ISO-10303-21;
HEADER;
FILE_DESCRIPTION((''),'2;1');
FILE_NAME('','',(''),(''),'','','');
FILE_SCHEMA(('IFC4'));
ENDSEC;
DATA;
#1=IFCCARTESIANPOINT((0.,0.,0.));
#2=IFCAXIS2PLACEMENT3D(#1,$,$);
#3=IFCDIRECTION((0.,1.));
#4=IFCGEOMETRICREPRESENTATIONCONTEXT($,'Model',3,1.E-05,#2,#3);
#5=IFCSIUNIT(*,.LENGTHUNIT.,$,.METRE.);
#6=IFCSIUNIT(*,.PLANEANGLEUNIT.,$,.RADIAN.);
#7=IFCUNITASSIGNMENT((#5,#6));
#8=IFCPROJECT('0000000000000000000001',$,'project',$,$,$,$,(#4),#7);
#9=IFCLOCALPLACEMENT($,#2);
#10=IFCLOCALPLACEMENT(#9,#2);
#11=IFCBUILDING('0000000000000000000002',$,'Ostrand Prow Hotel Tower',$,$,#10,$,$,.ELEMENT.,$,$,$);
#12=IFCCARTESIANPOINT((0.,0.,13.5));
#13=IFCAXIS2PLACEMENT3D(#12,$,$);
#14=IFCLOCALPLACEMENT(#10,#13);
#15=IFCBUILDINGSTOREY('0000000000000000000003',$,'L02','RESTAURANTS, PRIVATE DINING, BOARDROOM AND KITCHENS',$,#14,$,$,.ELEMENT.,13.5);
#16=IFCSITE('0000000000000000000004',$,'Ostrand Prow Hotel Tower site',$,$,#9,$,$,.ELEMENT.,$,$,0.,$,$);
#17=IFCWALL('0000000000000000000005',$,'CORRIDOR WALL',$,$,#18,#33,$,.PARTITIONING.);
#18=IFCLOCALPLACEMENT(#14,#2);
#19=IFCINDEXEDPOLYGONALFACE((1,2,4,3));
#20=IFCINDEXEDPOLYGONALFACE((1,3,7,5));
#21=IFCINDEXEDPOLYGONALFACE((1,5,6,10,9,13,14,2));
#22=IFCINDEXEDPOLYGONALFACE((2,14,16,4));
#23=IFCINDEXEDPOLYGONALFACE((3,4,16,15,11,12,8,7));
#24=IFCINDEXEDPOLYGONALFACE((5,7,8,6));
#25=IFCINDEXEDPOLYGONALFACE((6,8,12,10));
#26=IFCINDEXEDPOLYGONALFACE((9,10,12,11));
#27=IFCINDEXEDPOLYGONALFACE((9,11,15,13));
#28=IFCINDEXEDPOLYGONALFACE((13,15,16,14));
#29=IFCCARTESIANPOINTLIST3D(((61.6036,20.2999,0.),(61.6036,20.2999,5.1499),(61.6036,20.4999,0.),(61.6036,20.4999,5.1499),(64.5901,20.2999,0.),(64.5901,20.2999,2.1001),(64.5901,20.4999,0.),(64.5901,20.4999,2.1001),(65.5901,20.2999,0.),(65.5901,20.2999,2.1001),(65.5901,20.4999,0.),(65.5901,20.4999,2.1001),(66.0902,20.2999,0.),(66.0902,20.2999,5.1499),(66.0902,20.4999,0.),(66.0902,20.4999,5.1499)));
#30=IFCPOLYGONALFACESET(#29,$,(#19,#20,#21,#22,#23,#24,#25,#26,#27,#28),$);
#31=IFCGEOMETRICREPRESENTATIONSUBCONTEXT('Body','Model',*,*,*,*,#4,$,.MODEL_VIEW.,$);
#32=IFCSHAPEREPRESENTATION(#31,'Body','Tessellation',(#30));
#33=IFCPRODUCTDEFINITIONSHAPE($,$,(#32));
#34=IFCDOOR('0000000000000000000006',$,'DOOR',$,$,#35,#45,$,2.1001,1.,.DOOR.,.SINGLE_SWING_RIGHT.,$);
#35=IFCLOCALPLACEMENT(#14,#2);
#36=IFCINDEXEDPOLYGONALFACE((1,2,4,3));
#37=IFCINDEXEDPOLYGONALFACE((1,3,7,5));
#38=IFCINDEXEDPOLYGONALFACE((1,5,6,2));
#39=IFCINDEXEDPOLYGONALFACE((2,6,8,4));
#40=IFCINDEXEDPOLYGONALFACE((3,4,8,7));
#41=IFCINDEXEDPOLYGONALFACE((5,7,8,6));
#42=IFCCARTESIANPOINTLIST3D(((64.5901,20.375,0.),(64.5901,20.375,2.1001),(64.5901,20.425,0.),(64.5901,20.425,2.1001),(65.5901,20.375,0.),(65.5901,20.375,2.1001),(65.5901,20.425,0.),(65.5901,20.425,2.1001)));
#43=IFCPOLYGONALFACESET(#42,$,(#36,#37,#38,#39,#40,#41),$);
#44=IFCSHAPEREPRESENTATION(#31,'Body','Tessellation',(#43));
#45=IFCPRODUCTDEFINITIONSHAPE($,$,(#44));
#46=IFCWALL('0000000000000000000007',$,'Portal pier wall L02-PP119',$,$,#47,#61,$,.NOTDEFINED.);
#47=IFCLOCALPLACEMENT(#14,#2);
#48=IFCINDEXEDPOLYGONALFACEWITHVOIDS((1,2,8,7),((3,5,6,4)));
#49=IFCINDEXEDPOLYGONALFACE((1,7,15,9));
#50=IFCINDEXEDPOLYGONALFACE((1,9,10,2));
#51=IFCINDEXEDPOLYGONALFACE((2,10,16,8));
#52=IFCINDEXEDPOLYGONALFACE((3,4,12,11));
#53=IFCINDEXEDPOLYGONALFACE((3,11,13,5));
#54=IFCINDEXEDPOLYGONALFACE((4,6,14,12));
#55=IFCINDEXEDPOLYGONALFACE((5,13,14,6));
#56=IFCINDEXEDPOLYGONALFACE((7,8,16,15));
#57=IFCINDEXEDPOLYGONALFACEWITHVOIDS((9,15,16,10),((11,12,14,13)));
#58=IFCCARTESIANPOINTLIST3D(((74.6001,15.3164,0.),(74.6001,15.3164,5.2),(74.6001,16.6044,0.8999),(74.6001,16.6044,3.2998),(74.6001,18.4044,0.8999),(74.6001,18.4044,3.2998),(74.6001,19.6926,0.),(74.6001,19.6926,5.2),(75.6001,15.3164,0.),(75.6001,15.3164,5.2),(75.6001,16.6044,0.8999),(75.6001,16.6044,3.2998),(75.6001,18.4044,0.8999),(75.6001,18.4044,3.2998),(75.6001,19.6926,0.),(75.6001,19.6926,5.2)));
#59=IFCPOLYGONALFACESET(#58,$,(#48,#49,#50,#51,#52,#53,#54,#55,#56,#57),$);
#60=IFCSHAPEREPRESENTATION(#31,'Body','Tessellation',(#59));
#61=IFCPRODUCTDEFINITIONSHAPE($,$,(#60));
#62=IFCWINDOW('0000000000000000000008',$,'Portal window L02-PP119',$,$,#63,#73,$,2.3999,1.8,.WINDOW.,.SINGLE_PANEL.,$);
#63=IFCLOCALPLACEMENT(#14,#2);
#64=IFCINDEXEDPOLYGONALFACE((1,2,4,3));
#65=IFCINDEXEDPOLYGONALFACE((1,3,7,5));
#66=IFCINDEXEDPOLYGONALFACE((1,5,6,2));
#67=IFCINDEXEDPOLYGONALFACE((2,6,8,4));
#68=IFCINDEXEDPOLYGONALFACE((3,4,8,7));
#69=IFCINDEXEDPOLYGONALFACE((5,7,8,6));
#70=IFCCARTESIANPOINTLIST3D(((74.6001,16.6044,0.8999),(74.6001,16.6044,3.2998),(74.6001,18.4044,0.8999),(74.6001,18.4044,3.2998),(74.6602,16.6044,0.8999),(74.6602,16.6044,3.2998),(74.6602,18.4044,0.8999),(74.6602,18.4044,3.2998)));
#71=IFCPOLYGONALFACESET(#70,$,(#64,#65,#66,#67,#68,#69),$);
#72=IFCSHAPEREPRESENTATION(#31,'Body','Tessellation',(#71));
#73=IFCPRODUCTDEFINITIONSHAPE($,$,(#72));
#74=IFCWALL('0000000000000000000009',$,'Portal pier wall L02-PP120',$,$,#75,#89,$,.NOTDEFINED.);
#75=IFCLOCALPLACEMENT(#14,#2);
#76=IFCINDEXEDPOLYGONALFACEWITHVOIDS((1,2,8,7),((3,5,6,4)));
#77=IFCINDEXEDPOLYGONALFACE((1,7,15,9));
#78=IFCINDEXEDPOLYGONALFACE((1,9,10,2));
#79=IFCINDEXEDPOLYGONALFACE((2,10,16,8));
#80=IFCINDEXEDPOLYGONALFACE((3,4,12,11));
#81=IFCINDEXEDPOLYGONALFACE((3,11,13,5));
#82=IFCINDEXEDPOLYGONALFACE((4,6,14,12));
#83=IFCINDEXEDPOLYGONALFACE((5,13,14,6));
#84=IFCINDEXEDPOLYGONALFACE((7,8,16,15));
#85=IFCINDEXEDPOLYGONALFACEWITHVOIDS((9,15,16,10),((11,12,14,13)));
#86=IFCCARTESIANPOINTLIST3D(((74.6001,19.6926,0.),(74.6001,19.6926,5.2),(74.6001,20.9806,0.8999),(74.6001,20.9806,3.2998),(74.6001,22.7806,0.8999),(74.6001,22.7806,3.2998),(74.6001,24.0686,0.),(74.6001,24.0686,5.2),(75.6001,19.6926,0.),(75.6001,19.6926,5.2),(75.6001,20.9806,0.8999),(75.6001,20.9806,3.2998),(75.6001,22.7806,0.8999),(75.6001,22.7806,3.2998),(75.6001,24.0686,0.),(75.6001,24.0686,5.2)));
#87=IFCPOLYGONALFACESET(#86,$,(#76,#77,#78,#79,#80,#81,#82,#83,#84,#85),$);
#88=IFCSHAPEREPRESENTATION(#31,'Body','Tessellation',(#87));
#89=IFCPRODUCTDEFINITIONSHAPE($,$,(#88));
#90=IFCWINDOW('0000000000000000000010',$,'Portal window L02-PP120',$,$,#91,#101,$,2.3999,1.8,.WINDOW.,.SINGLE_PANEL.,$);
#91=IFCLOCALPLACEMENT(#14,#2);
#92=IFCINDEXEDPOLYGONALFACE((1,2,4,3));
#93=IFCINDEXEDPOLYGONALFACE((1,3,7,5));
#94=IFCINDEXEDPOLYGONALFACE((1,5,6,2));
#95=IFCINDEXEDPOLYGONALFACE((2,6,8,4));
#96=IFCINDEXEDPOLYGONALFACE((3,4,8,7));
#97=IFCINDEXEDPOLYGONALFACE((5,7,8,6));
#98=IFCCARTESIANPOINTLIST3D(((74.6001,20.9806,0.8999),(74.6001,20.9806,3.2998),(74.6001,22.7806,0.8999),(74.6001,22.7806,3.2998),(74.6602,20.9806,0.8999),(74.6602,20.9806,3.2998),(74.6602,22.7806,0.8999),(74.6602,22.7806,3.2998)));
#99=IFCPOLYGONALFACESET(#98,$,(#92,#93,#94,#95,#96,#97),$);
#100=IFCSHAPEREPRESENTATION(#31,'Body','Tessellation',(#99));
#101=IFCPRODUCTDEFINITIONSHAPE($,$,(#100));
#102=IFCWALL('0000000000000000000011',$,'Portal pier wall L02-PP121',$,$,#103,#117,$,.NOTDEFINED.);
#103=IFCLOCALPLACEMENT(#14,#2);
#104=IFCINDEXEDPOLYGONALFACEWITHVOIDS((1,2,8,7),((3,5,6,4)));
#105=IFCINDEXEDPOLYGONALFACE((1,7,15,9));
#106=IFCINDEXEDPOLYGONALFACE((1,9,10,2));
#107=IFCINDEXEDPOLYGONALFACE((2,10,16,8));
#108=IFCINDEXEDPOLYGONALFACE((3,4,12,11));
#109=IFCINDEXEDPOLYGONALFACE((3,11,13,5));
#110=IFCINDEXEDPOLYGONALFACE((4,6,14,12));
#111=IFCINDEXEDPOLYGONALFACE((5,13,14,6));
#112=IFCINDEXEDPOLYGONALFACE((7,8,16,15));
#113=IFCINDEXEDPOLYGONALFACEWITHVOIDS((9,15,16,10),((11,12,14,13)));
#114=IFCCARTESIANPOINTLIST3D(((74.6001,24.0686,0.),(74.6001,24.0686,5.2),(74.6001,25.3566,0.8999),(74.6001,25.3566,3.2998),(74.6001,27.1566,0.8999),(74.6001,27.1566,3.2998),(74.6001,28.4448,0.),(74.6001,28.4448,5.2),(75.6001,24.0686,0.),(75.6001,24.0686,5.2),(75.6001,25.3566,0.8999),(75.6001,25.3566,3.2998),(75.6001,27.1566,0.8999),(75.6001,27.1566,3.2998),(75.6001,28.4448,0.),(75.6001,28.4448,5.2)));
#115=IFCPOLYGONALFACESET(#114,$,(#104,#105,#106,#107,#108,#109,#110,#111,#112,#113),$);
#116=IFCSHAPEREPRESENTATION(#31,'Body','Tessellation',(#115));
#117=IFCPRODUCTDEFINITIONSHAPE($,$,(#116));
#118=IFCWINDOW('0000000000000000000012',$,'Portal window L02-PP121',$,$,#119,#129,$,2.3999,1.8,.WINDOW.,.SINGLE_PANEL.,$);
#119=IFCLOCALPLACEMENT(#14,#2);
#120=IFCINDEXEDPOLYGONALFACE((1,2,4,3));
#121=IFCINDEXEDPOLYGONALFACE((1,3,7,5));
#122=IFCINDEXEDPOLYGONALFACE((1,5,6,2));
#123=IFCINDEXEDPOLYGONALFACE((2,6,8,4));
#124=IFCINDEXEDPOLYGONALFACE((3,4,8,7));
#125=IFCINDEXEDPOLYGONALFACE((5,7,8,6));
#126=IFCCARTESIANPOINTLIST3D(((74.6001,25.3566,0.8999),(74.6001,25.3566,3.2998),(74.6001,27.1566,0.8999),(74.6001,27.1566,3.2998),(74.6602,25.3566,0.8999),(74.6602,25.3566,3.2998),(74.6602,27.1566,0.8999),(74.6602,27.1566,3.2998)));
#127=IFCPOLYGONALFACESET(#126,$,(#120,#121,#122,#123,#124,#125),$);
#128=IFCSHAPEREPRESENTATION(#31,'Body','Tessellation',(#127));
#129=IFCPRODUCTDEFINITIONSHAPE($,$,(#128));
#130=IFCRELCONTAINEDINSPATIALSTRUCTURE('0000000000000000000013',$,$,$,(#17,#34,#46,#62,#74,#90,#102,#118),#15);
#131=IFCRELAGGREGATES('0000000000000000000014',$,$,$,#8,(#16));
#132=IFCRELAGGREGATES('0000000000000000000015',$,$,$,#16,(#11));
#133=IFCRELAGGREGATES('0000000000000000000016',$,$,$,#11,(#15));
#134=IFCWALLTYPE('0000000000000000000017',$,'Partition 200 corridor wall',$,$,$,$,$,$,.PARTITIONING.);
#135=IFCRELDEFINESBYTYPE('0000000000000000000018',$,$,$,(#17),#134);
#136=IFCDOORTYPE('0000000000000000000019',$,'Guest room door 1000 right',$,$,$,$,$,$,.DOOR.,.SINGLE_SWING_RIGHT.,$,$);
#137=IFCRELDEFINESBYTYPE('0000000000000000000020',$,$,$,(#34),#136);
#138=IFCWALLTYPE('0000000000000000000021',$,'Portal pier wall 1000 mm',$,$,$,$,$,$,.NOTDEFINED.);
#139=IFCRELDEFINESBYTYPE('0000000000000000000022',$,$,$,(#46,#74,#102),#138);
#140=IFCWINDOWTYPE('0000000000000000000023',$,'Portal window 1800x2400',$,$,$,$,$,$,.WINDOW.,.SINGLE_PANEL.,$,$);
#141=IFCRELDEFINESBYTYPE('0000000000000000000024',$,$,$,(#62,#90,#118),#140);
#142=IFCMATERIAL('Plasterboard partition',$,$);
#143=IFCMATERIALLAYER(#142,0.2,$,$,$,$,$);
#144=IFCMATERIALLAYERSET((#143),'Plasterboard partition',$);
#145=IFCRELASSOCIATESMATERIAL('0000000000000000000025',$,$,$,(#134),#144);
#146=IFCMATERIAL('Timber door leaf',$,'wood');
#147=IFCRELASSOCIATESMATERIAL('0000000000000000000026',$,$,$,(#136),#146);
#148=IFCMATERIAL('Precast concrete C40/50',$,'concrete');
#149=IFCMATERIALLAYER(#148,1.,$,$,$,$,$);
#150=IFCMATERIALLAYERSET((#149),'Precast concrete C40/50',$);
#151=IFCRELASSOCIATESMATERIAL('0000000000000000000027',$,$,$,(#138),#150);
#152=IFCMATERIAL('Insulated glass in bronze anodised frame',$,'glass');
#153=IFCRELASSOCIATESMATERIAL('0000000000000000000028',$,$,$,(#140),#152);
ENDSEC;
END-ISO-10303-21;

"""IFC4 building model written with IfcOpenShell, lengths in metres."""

from ifc_helpers import new_model, si_unit, direction, frame, frame_2d, origin, place, context, subcontext, project, spatial, polyline, rectangle, outline, extrude, material, layer, layer_set, type_object, element, fill, save


model = new_model("IFC4")

# Units and contexts
model_context = context("Model", 3, precision=1e-05, world=origin(), true_north=direction((0.0, 1.0)))
body_context = subcontext(model_context, "Body", "Model", "MODEL_VIEW")
ifc_project = project(units=[si_unit("LENGTHUNIT", "METRE"), si_unit("PLANEANGLEUNIT", "RADIAN")], contexts=[model_context])

# Site, building, storey
site_placement = place(None, origin())
site = spatial("IfcSite", under=ifc_project, at=site_placement, Name="Ostrand Prow Hotel Tower site", CompositionType="ELEMENT", RefElevation=0.0)
building_placement = place(site_placement, origin())
building = spatial("IfcBuilding", under=site, at=building_placement, Name="Ostrand Prow Hotel Tower", CompositionType="ELEMENT")
storey_placement = place(building_placement, frame((0.0, 0.0, 13.5)))
storey = spatial("IfcBuildingStorey", under=building, at=storey_placement, Name="L02", Description="RESTAURANTS, PRIVATE DINING, BOARDROOM AND KITCHENS", CompositionType="ELEMENT", Elevation=13.5)

# Wall, opening, door
ifc_material_1 = material(Name="Plasterboard partition")
ifc_layer_1 = layer(ifc_material_1, 0.2)
ifc_layer_set_1 = layer_set([ifc_layer_1], Name="Plasterboard partition")
wall_type_1 = type_object("IfcWallType", Name="Partition 200 corridor wall", PredefinedType="PARTITIONING", material=ifc_layer_set_1)
wall_1_placement = place(storey_placement, frame((66.0901, 20.3999, 0.0), z_axis=(0.0, 0.0, 1.0), x_axis=(-1.0, 0.0, 0.0)))
wall_1 = element("IfcWall", 1, at=wall_1_placement, inside=storey, type_object=wall_type_1, Name="CORRIDOR WALL", PredefinedType="PARTITIONING", context=body_context, shape_type="SweptSolid", body=[
    extrude(rectangle(XDim=4.4866, YDim=0.2, at=frame_2d((2.2432, 0.0))), origin(), (0.0, 0.0, 1.0), 5.1499),
])
opening_1_placement = place(wall_1_placement, frame((0.5, 0.0, 0.0)))
opening_1 = element("IfcOpeningElement", 2, at=opening_1_placement, cuts=wall_1, PredefinedType="OPENING", context=body_context, shape_type="SweptSolid", body=[
    extrude(rectangle(XDim=1.0, YDim=2.1001, at=frame_2d((0.5, 1.05))), frame((0.0, 0.1099, 0.0), z_axis=(0.0, -1.0, 0.0), x_axis=(1.0, 0.0, 0.0)), (0.0, 0.0, 1.0), 0.22),
])
ifc_material_2 = material(Name="Timber door leaf", Category="wood")
door_type_1 = type_object("IfcDoorType", Name="Guest room door 1000 right", OperationType="SINGLE_SWING_RIGHT", PredefinedType="DOOR", material=ifc_material_2)
door_1_placement = place(opening_1_placement, origin())
door_1 = element("IfcDoor", 3, at=door_1_placement, inside=storey, type_object=door_type_1, Name="DOOR", OperationType="SINGLE_SWING_RIGHT", OverallHeight=2.1001, OverallWidth=1.0, PredefinedType="DOOR", context=body_context, shape_type="SweptSolid", body=[
    extrude(rectangle(XDim=1.0, YDim=2.1001, at=frame_2d((0.5, 1.05))), frame((0.0, 0.0249, 0.0), z_axis=(0.0, -1.0, 0.0), x_axis=(1.0, 0.0, 0.0)), (0.0, 0.0, 1.0), 0.05),
])
fill(opening_1, door_1)

# Walls, openings, windows
ifc_material_3 = material(Name="Precast concrete C40/50", Category="concrete")
ifc_layer_2 = layer(ifc_material_3, 1.0)
ifc_layer_set_2 = layer_set([ifc_layer_2], Name="Precast concrete C40/50")
wall_type_2 = type_object("IfcWallType", Name="Portal pier wall 1000 mm", PredefinedType="NOTDEFINED", material=ifc_layer_set_2)
wall_2_placement = place(storey_placement, frame((75.1001, 15.3164, 0.0), z_axis=(0.0, 0.0, 1.0), x_axis=(0.0, 1.0, 0.0)))
wall_2 = element("IfcWall", 4, at=wall_2_placement, inside=storey, type_object=wall_type_2, Name="Portal pier wall L02-PP119", PredefinedType="NOTDEFINED", context=body_context, shape_type="SweptSolid", body=[
    extrude(outline(polyline([(0.0, -0.5), (4.3762, -0.5), (4.3762, 0.5), (0.0, 0.5), (0.0, -0.5)])), origin(), (0.0, 0.0, 1.0), 5.2),
])
opening_2_placement = place(wall_2_placement, frame((1.2881, 0.0, 0.8999)))
opening_2 = element("IfcOpeningElement", 5, at=opening_2_placement, cuts=wall_2, PredefinedType="OPENING", context=body_context, shape_type="SweptSolid", body=[
    extrude(rectangle(XDim=1.8, YDim=2.3999, at=frame_2d((0.8999, 1.2))), frame((0.0, 0.51, 0.0), z_axis=(0.0, -1.0, 0.0), x_axis=(1.0, 0.0, 0.0)), (0.0, 0.0, 1.0), 1.02),
])
ifc_material_4 = material(Name="Insulated glass in bronze anodised frame", Category="glass")
window_type = type_object("IfcWindowType", Name="Portal window 1800x2400", PartitioningType="SINGLE_PANEL", PredefinedType="WINDOW", material=ifc_material_4)
window_1_placement = place(opening_2_placement, origin())
window_1 = element("IfcWindow", 6, at=window_1_placement, inside=storey, type_object=window_type, Name="Portal window L02-PP119", OverallHeight=2.3999, OverallWidth=1.8, PartitioningType="SINGLE_PANEL", PredefinedType="WINDOW", context=body_context, shape_type="SweptSolid", body=[
    extrude(rectangle(XDim=1.8, YDim=2.3999, at=frame_2d((0.8999, 1.2))), frame((0.0, 0.5, 0.0), z_axis=(0.0, -1.0, 0.0), x_axis=(1.0, 0.0, 0.0)), (0.0, 0.0, 1.0), 0.0601),
])
fill(opening_2, window_1)
wall_3_placement = place(storey_placement, frame((75.1001, 19.6926, 0.0), z_axis=(0.0, 0.0, 1.0), x_axis=(0.0, 1.0, 0.0)))
wall_3 = element("IfcWall", 7, at=wall_3_placement, inside=storey, type_object=wall_type_2, Name="Portal pier wall L02-PP120", PredefinedType="NOTDEFINED", context=body_context, shape_type="SweptSolid", body=[
    extrude(outline(polyline([(0.0, -0.5), (4.376, -0.5), (4.376, 0.5), (0.0, 0.5), (0.0, -0.5)])), origin(), (0.0, 0.0, 1.0), 5.2),
])
opening_3_placement = place(wall_3_placement, frame((1.2881, 0.0, 0.8999)))
opening_3 = element("IfcOpeningElement", 8, at=opening_3_placement, cuts=wall_3, PredefinedType="OPENING", context=body_context, shape_type="SweptSolid", body=[
    extrude(rectangle(XDim=1.8, YDim=2.3999, at=frame_2d((0.8999, 1.2))), frame((0.0, 0.51, 0.0), z_axis=(0.0, -1.0, 0.0), x_axis=(1.0, 0.0, 0.0)), (0.0, 0.0, 1.0), 1.02),
])
window_2_placement = place(opening_3_placement, origin())
window_2 = element("IfcWindow", 9, at=window_2_placement, inside=storey, type_object=window_type, Name="Portal window L02-PP120", OverallHeight=2.3999, OverallWidth=1.8, PartitioningType="SINGLE_PANEL", PredefinedType="WINDOW", context=body_context, shape_type="SweptSolid", body=[
    extrude(rectangle(XDim=1.8, YDim=2.3999, at=frame_2d((0.8999, 1.2))), frame((0.0, 0.5, 0.0), z_axis=(0.0, -1.0, 0.0), x_axis=(1.0, 0.0, 0.0)), (0.0, 0.0, 1.0), 0.0601),
])
fill(opening_3, window_2)
wall_4_placement = place(storey_placement, frame((75.1001, 24.0686, 0.0), z_axis=(0.0, 0.0, 1.0), x_axis=(0.0, 1.0, 0.0)))
wall_4 = element("IfcWall", 10, at=wall_4_placement, inside=storey, type_object=wall_type_2, Name="Portal pier wall L02-PP121", PredefinedType="NOTDEFINED", context=body_context, shape_type="SweptSolid", body=[
    extrude(outline(polyline([(0.0, -0.5), (4.3762, -0.5), (4.3762, 0.5), (0.0, 0.5), (0.0, -0.5)])), origin(), (0.0, 0.0, 1.0), 5.2),
])
opening_4_placement = place(wall_4_placement, frame((1.2881, 0.0, 0.8999)))
opening_4 = element("IfcOpeningElement", 11, at=opening_4_placement, cuts=wall_4, PredefinedType="OPENING", context=body_context, shape_type="SweptSolid", body=[
    extrude(rectangle(XDim=1.8, YDim=2.3999, at=frame_2d((0.8999, 1.2))), frame((0.0, 0.51, 0.0), z_axis=(0.0, -1.0, 0.0), x_axis=(1.0, 0.0, 0.0)), (0.0, 0.0, 1.0), 1.02),
])
window_3_placement = place(opening_4_placement, origin())
window_3 = element("IfcWindow", 12, at=window_3_placement, inside=storey, type_object=window_type, Name="Portal window L02-PP121", OverallHeight=2.3999, OverallWidth=1.8, PartitioningType="SINGLE_PANEL", PredefinedType="WINDOW", context=body_context, shape_type="SweptSolid", body=[
    extrude(rectangle(XDim=1.8, YDim=2.3999, at=frame_2d((0.8999, 1.2))), frame((0.0, 0.5, 0.0), z_axis=(0.0, -1.0, 0.0), x_axis=(1.0, 0.0, 0.0)), (0.0, 0.0, 1.0), 0.0601),
])
fill(opening_4, window_3)

save(model, "model.ifc")
